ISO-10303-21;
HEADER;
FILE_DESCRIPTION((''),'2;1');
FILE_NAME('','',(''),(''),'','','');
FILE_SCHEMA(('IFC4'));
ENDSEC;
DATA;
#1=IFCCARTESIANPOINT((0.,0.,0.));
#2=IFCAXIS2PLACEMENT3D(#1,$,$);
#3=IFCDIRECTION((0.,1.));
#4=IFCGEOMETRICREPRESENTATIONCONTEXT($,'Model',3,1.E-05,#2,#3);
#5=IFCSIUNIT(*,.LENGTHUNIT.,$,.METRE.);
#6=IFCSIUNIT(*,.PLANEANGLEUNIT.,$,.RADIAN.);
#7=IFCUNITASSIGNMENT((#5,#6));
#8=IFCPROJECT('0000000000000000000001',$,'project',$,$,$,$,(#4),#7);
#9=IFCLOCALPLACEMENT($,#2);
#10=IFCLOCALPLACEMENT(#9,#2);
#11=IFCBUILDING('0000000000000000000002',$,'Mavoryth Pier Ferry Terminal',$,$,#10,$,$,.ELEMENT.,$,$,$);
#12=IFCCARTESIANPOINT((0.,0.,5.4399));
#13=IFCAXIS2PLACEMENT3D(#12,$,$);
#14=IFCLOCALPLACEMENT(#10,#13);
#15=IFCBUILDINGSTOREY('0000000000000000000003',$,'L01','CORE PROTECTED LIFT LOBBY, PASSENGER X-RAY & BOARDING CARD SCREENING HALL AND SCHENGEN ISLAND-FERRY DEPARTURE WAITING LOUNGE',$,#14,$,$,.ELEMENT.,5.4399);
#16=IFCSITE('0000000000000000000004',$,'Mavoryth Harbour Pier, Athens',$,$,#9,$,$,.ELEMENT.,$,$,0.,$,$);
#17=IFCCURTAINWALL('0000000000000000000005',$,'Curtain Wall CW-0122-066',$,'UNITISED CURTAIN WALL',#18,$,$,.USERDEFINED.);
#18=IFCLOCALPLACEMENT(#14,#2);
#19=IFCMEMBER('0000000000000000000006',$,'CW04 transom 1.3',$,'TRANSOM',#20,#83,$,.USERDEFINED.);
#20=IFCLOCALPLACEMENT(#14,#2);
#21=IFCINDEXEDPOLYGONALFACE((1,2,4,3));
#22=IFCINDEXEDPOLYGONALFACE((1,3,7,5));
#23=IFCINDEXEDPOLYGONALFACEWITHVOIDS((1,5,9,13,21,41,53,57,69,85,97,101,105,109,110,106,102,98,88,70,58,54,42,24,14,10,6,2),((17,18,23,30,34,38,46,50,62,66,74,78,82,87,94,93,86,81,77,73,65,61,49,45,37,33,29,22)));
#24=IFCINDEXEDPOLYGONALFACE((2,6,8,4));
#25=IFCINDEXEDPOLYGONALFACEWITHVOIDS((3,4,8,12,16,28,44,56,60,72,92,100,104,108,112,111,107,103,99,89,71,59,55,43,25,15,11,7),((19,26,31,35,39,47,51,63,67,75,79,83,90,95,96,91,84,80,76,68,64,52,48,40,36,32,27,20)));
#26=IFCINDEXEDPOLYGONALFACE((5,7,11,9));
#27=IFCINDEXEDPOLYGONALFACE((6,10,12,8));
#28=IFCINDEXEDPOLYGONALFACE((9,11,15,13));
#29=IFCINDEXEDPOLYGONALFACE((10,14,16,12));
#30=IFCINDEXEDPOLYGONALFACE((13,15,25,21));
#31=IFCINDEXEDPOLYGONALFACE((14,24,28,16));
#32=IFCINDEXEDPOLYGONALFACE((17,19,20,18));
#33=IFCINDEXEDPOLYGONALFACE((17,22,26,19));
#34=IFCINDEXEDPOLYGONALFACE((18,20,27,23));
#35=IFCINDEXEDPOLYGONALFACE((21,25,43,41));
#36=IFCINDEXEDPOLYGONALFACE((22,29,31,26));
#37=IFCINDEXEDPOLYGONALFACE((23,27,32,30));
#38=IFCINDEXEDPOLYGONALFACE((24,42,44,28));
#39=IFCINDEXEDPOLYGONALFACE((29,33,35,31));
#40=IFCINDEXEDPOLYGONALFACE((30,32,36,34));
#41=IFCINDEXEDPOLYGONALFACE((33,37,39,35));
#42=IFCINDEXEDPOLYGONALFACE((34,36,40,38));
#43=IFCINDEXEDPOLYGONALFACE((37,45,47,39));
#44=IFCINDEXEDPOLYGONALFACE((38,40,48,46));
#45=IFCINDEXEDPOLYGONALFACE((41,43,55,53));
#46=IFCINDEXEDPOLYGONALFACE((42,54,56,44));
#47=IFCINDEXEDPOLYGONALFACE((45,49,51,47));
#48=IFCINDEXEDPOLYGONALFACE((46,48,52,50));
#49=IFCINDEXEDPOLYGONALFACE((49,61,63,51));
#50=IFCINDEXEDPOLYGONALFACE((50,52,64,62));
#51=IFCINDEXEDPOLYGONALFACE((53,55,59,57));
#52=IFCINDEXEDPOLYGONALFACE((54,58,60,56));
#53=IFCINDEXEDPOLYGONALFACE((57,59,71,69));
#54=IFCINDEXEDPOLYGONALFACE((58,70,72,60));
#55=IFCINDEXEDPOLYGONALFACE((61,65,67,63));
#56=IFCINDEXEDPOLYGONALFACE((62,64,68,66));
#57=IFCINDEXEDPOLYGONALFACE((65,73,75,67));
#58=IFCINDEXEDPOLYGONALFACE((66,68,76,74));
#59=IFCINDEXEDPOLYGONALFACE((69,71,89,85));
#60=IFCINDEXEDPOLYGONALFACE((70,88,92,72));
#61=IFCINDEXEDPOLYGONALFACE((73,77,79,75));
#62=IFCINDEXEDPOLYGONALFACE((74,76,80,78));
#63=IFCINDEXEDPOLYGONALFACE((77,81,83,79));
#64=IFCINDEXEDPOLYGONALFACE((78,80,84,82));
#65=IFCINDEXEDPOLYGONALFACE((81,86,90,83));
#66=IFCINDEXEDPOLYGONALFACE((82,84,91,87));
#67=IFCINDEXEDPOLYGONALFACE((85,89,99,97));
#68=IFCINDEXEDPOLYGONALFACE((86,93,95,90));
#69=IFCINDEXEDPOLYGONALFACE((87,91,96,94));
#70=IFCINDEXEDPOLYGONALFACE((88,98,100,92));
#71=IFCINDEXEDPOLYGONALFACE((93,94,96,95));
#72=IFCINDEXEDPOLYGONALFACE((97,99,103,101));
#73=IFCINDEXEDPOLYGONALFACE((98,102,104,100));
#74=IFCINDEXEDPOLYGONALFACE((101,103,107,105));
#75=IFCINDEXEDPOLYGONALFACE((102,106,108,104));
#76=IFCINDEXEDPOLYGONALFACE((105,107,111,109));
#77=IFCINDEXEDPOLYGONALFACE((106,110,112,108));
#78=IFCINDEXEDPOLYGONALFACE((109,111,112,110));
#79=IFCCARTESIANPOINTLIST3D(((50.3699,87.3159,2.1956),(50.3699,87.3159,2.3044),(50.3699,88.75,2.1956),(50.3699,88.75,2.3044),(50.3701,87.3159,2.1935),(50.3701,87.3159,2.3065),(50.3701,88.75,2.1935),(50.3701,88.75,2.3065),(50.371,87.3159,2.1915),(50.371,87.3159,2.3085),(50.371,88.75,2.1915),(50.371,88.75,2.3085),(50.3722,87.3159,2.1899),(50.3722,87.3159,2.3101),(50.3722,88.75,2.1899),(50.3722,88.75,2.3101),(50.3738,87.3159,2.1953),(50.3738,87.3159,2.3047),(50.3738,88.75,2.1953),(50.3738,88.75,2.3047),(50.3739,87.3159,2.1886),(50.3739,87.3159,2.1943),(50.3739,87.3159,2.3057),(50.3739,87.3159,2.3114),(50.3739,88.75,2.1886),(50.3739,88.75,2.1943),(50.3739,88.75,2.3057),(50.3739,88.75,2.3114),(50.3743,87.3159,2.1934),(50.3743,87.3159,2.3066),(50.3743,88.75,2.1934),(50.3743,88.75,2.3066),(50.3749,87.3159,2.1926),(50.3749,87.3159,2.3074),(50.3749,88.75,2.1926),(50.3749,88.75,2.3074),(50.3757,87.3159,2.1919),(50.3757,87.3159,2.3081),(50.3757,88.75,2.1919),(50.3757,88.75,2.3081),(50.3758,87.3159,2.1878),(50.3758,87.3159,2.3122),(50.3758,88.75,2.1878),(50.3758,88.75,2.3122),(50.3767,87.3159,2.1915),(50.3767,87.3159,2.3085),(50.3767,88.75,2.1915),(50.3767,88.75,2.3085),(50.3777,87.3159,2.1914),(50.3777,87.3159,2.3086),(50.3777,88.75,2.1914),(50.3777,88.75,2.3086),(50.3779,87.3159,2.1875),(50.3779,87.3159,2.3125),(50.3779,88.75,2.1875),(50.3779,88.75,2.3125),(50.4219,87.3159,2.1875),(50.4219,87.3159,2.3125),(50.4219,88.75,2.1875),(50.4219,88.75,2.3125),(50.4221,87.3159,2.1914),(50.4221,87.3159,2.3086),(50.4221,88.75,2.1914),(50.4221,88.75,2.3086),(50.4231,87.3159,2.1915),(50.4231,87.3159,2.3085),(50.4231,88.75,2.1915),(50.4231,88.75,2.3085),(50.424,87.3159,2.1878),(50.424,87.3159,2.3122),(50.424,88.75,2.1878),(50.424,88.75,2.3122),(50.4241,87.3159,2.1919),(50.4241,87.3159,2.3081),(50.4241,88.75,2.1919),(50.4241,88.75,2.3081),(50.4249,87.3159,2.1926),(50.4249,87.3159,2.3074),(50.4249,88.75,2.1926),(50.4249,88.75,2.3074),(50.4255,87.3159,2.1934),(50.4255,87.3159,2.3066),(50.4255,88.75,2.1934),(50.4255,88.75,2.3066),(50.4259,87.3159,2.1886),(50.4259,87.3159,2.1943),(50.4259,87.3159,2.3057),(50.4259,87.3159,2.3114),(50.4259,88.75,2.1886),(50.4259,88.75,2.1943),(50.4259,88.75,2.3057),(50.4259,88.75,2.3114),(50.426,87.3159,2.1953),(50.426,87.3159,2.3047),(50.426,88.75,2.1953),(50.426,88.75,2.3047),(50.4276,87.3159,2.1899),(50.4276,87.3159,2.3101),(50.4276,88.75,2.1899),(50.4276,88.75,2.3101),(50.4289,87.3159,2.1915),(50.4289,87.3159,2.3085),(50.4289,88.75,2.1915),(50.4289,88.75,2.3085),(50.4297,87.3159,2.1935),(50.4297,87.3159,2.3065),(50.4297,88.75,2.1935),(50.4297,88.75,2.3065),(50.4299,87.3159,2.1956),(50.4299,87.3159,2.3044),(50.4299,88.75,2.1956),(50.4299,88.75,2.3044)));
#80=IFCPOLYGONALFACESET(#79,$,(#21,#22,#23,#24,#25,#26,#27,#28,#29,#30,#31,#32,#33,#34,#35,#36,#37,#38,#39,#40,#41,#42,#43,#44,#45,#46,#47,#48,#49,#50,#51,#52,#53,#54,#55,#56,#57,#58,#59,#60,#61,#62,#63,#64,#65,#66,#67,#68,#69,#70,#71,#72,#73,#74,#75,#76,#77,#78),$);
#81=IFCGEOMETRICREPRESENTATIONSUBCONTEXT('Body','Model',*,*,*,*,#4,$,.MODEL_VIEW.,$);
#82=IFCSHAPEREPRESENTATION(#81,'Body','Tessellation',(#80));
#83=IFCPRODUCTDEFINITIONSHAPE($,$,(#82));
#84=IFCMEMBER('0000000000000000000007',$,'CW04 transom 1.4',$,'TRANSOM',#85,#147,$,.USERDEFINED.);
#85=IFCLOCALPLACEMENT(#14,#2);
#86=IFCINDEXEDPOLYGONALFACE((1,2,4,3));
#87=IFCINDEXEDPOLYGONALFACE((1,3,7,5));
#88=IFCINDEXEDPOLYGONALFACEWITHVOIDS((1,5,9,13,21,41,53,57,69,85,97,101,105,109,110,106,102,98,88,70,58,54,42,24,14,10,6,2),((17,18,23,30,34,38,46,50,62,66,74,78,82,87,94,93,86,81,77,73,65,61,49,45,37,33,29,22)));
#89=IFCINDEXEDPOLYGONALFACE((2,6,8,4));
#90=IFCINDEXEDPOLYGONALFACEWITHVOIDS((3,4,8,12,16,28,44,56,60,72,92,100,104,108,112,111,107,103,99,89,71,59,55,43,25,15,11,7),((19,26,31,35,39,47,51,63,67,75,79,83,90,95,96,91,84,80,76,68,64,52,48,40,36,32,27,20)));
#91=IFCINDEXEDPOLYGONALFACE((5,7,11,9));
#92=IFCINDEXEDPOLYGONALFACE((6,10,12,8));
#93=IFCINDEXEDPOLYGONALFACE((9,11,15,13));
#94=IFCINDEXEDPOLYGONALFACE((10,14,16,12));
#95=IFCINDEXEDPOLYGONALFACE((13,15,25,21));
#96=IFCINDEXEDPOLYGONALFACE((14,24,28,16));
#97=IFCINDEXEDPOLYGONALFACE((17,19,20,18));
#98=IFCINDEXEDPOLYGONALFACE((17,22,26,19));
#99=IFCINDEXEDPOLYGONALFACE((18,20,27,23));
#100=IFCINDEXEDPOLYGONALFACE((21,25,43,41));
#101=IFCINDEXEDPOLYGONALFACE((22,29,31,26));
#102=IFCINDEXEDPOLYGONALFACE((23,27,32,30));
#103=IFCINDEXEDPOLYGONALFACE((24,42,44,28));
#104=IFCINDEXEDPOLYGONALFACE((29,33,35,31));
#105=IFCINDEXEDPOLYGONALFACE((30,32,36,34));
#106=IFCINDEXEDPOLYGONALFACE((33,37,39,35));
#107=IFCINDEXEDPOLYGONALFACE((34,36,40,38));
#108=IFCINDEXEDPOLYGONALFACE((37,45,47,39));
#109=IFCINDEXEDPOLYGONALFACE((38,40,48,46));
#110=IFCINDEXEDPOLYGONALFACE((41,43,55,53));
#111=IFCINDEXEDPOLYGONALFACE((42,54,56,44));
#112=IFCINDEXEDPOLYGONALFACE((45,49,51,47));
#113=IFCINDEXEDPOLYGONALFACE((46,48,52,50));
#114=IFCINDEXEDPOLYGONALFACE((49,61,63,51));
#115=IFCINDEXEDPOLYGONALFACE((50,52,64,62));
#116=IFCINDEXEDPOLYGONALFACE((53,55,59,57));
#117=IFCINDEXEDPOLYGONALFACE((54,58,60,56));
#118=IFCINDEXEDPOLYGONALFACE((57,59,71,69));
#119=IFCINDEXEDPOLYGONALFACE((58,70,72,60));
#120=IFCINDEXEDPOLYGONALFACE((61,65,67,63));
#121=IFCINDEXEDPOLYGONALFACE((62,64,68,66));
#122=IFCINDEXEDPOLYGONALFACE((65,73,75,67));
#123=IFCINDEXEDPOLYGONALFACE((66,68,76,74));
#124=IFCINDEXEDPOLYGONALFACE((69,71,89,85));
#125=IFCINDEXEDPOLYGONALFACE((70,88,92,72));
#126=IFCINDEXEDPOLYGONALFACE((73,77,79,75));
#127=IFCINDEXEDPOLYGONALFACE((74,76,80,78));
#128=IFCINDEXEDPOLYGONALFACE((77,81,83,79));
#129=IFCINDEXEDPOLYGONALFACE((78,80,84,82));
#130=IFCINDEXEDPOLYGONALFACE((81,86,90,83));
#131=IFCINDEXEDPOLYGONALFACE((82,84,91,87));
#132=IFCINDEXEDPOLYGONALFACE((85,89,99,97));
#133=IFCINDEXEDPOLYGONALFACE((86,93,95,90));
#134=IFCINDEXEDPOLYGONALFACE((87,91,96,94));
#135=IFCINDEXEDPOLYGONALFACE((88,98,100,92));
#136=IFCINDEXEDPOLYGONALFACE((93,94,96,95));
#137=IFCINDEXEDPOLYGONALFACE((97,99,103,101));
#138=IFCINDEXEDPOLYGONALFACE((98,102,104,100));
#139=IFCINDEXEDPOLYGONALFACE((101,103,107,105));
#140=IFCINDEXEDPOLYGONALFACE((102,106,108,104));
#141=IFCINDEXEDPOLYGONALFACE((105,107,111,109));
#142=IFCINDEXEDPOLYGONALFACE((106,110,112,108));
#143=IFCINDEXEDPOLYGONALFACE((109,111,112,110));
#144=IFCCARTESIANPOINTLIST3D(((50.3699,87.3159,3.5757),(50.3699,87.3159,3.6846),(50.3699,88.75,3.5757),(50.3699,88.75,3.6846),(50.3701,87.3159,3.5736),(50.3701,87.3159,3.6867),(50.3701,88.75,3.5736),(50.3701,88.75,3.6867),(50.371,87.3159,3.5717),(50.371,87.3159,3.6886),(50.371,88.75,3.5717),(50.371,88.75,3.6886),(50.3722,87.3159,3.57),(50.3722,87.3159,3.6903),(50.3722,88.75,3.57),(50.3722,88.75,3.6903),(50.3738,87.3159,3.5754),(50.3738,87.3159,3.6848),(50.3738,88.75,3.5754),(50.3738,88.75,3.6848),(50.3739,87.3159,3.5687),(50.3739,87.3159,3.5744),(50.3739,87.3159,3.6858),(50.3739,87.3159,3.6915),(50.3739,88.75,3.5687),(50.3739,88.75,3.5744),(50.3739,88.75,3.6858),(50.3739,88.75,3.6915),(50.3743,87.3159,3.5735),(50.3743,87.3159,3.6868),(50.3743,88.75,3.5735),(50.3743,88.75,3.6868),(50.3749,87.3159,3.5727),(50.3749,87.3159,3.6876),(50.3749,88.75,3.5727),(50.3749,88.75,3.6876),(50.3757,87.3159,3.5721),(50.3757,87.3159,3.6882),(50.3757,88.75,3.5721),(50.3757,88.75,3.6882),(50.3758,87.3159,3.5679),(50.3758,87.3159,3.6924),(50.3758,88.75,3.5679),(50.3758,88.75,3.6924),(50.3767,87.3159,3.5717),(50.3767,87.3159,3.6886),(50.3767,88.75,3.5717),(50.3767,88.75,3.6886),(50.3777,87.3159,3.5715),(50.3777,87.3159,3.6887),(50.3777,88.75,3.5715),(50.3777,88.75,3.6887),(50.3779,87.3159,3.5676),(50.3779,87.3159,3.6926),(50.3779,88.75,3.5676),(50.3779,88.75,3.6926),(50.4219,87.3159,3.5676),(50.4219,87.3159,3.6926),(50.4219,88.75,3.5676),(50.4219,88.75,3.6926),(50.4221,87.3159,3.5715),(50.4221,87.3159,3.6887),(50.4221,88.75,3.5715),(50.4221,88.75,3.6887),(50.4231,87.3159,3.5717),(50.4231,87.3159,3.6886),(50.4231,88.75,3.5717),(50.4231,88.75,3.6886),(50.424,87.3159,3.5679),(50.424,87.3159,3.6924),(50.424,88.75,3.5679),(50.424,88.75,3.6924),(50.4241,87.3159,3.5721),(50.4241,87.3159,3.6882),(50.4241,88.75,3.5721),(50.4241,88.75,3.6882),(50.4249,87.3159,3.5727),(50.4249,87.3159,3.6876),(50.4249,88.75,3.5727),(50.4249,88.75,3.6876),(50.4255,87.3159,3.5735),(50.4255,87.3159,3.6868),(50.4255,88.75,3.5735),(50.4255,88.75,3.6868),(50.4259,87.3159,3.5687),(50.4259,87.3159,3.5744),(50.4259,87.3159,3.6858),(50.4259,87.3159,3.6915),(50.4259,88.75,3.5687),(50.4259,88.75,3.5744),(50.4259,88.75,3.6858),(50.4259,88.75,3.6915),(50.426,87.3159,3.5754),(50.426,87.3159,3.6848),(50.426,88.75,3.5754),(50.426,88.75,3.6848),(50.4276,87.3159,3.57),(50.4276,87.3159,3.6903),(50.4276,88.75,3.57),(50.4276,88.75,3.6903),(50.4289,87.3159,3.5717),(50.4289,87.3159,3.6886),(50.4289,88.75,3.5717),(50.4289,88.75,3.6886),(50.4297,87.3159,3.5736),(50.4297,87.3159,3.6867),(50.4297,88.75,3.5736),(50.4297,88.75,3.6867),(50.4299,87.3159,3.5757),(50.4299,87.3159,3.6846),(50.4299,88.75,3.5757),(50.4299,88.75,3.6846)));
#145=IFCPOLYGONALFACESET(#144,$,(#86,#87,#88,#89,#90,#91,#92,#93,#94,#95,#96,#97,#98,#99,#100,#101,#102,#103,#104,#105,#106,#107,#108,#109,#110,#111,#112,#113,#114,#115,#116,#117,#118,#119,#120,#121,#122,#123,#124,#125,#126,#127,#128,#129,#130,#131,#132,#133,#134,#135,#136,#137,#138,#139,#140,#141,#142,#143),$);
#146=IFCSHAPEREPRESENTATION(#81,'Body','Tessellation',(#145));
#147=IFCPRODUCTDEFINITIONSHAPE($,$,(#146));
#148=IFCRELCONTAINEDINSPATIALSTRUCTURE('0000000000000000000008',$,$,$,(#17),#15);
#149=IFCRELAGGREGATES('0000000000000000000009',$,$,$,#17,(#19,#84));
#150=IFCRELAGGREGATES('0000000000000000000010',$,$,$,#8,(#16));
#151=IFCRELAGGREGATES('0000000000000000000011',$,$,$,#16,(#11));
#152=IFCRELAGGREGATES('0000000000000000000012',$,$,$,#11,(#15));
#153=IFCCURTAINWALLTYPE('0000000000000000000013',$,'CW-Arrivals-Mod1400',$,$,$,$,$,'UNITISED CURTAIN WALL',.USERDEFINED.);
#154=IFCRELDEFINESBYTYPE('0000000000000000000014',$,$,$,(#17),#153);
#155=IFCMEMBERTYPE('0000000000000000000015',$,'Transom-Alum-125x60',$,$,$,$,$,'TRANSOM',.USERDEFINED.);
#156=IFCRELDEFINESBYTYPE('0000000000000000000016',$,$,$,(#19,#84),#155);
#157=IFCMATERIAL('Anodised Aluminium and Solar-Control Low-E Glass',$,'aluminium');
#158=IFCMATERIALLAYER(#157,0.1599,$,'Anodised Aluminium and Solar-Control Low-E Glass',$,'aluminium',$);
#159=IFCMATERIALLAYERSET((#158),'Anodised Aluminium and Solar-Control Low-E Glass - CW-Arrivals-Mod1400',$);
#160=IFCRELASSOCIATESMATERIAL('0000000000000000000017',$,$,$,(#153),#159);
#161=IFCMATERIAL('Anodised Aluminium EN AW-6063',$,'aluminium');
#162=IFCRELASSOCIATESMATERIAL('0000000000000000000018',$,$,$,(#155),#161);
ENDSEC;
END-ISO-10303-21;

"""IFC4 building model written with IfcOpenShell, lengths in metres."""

from ifc_helpers import new_model, si_unit, direction, frame, origin, origin_2d, place, context, subcontext, project, spatial, hollow_rectangle, extrude, material, layer, layer_set, material_profile, profile_set, type_object, element, aggregate, save


model = new_model("IFC4")

# Units and contexts
model_context = context("Model", 3, precision=1e-05, world=origin(), true_north=direction((0.0, 1.0)))
body_context = subcontext(model_context, "Body", "Model", "MODEL_VIEW")
ifc_project = project(units=[si_unit("LENGTHUNIT", "METRE"), si_unit("PLANEANGLEUNIT", "RADIAN")], contexts=[model_context])

# Site, building, storey
site_placement = place(None, origin())
site = spatial("IfcSite", under=ifc_project, at=site_placement, Name="Mavoryth Harbour Pier, Athens", CompositionType="ELEMENT", RefElevation=0.0)
building_placement = place(site_placement, origin())
building = spatial("IfcBuilding", under=site, at=building_placement, Name="Mavoryth Pier Ferry Terminal", CompositionType="ELEMENT")
storey_placement = place(building_placement, frame((0.0, 0.0, 5.4399)))
storey = spatial("IfcBuildingStorey", under=building, at=storey_placement, Name="L01", Description="CORE PROTECTED LIFT LOBBY, PASSENGER X-RAY & BOARDING CARD SCREENING HALL AND SCHENGEN ISLAND-FERRY DEPARTURE WAITING LOUNGE", CompositionType="ELEMENT", Elevation=5.4399)

# Curtain wall
ifc_material_1 = material(Name="Anodised Aluminium and Solar-Control Low-E Glass", Category="aluminium")
ifc_layer_1 = layer(ifc_material_1, 0.1599, Name="Anodised Aluminium and Solar-Control Low-E Glass", Category="aluminium")
ifc_layer_set_1 = layer_set([ifc_layer_1], Name="Anodised Aluminium and Solar-Control Low-E Glass - CW-Arrivals-Mod1400")
curtain_wall_type = type_object("IfcCurtainWallType", Name="CW-Arrivals-Mod1400", ElementType="UNITISED CURTAIN WALL", PredefinedType="USERDEFINED", material=ifc_layer_set_1)
curtain_wall_placement = place(storey_placement, origin())
curtain_wall = element("IfcCurtainWall", 1, at=curtain_wall_placement, inside=storey, type_object=curtain_wall_type, Name="Curtain Wall CW-0122-066", ObjectType="UNITISED CURTAIN WALL", PredefinedType="USERDEFINED")
ifc_material_2 = material(Name="Anodised Aluminium EN AW-6063", Category="aluminium")

# Members
ifc_material_profile_1 = material_profile(ifc_material_2, hollow_rectangle(XDim=0.0601, YDim=0.125, WallThickness=0.0039, InnerFilletRadius=0.0039, OuterFilletRadius=0.0081, at=origin_2d()), Name="AL-TRAN 125x60x4", Category="aluminium")
ifc_profile_set_1 = profile_set([ifc_material_profile_1], Name="Anodised Aluminium EN AW-6063 - AL-TRAN 125x60x4")
member_type_1 = type_object("IfcMemberType", Name="Transom-Alum-125x60", ElementType="TRANSOM", PredefinedType="USERDEFINED", material=ifc_profile_set_1)
member_1_placement = place(storey_placement, frame((50.3999, 88.75, 2.25), z_axis=(0.0, -1.0, 0.0), x_axis=(1.0, 0.0, 0.0)))
member_1 = element("IfcMember", 2, at=member_1_placement, type_object=member_type_1, Name="CW04 transom 1.3", ObjectType="TRANSOM", PredefinedType="USERDEFINED", context=body_context, shape_type="SweptSolid", body=[
    extrude(hollow_rectangle(XDim=0.0601, YDim=0.125, WallThickness=0.0039, InnerFilletRadius=0.0039, OuterFilletRadius=0.0081, at=origin_2d()), origin(), (0.0, 0.0, 1.0), 1.4341),
])
member_2_placement = place(storey_placement, frame((50.3999, 88.75, 3.6301), z_axis=(0.0, -1.0, 0.0), x_axis=(1.0, 0.0, 0.0)))
member_2 = element("IfcMember", 3, at=member_2_placement, type_object=member_type_1, Name="CW04 transom 1.4", ObjectType="TRANSOM", PredefinedType="USERDEFINED", context=body_context, shape_type="SweptSolid", body=[
    extrude(hollow_rectangle(XDim=0.0601, YDim=0.125, WallThickness=0.0039, InnerFilletRadius=0.0039, OuterFilletRadius=0.0081, at=origin_2d()), origin(), (0.0, 0.0, 1.0), 1.4341),
])

aggregate(curtain_wall, [member_1, member_2])

save(model, "model.ifc")
